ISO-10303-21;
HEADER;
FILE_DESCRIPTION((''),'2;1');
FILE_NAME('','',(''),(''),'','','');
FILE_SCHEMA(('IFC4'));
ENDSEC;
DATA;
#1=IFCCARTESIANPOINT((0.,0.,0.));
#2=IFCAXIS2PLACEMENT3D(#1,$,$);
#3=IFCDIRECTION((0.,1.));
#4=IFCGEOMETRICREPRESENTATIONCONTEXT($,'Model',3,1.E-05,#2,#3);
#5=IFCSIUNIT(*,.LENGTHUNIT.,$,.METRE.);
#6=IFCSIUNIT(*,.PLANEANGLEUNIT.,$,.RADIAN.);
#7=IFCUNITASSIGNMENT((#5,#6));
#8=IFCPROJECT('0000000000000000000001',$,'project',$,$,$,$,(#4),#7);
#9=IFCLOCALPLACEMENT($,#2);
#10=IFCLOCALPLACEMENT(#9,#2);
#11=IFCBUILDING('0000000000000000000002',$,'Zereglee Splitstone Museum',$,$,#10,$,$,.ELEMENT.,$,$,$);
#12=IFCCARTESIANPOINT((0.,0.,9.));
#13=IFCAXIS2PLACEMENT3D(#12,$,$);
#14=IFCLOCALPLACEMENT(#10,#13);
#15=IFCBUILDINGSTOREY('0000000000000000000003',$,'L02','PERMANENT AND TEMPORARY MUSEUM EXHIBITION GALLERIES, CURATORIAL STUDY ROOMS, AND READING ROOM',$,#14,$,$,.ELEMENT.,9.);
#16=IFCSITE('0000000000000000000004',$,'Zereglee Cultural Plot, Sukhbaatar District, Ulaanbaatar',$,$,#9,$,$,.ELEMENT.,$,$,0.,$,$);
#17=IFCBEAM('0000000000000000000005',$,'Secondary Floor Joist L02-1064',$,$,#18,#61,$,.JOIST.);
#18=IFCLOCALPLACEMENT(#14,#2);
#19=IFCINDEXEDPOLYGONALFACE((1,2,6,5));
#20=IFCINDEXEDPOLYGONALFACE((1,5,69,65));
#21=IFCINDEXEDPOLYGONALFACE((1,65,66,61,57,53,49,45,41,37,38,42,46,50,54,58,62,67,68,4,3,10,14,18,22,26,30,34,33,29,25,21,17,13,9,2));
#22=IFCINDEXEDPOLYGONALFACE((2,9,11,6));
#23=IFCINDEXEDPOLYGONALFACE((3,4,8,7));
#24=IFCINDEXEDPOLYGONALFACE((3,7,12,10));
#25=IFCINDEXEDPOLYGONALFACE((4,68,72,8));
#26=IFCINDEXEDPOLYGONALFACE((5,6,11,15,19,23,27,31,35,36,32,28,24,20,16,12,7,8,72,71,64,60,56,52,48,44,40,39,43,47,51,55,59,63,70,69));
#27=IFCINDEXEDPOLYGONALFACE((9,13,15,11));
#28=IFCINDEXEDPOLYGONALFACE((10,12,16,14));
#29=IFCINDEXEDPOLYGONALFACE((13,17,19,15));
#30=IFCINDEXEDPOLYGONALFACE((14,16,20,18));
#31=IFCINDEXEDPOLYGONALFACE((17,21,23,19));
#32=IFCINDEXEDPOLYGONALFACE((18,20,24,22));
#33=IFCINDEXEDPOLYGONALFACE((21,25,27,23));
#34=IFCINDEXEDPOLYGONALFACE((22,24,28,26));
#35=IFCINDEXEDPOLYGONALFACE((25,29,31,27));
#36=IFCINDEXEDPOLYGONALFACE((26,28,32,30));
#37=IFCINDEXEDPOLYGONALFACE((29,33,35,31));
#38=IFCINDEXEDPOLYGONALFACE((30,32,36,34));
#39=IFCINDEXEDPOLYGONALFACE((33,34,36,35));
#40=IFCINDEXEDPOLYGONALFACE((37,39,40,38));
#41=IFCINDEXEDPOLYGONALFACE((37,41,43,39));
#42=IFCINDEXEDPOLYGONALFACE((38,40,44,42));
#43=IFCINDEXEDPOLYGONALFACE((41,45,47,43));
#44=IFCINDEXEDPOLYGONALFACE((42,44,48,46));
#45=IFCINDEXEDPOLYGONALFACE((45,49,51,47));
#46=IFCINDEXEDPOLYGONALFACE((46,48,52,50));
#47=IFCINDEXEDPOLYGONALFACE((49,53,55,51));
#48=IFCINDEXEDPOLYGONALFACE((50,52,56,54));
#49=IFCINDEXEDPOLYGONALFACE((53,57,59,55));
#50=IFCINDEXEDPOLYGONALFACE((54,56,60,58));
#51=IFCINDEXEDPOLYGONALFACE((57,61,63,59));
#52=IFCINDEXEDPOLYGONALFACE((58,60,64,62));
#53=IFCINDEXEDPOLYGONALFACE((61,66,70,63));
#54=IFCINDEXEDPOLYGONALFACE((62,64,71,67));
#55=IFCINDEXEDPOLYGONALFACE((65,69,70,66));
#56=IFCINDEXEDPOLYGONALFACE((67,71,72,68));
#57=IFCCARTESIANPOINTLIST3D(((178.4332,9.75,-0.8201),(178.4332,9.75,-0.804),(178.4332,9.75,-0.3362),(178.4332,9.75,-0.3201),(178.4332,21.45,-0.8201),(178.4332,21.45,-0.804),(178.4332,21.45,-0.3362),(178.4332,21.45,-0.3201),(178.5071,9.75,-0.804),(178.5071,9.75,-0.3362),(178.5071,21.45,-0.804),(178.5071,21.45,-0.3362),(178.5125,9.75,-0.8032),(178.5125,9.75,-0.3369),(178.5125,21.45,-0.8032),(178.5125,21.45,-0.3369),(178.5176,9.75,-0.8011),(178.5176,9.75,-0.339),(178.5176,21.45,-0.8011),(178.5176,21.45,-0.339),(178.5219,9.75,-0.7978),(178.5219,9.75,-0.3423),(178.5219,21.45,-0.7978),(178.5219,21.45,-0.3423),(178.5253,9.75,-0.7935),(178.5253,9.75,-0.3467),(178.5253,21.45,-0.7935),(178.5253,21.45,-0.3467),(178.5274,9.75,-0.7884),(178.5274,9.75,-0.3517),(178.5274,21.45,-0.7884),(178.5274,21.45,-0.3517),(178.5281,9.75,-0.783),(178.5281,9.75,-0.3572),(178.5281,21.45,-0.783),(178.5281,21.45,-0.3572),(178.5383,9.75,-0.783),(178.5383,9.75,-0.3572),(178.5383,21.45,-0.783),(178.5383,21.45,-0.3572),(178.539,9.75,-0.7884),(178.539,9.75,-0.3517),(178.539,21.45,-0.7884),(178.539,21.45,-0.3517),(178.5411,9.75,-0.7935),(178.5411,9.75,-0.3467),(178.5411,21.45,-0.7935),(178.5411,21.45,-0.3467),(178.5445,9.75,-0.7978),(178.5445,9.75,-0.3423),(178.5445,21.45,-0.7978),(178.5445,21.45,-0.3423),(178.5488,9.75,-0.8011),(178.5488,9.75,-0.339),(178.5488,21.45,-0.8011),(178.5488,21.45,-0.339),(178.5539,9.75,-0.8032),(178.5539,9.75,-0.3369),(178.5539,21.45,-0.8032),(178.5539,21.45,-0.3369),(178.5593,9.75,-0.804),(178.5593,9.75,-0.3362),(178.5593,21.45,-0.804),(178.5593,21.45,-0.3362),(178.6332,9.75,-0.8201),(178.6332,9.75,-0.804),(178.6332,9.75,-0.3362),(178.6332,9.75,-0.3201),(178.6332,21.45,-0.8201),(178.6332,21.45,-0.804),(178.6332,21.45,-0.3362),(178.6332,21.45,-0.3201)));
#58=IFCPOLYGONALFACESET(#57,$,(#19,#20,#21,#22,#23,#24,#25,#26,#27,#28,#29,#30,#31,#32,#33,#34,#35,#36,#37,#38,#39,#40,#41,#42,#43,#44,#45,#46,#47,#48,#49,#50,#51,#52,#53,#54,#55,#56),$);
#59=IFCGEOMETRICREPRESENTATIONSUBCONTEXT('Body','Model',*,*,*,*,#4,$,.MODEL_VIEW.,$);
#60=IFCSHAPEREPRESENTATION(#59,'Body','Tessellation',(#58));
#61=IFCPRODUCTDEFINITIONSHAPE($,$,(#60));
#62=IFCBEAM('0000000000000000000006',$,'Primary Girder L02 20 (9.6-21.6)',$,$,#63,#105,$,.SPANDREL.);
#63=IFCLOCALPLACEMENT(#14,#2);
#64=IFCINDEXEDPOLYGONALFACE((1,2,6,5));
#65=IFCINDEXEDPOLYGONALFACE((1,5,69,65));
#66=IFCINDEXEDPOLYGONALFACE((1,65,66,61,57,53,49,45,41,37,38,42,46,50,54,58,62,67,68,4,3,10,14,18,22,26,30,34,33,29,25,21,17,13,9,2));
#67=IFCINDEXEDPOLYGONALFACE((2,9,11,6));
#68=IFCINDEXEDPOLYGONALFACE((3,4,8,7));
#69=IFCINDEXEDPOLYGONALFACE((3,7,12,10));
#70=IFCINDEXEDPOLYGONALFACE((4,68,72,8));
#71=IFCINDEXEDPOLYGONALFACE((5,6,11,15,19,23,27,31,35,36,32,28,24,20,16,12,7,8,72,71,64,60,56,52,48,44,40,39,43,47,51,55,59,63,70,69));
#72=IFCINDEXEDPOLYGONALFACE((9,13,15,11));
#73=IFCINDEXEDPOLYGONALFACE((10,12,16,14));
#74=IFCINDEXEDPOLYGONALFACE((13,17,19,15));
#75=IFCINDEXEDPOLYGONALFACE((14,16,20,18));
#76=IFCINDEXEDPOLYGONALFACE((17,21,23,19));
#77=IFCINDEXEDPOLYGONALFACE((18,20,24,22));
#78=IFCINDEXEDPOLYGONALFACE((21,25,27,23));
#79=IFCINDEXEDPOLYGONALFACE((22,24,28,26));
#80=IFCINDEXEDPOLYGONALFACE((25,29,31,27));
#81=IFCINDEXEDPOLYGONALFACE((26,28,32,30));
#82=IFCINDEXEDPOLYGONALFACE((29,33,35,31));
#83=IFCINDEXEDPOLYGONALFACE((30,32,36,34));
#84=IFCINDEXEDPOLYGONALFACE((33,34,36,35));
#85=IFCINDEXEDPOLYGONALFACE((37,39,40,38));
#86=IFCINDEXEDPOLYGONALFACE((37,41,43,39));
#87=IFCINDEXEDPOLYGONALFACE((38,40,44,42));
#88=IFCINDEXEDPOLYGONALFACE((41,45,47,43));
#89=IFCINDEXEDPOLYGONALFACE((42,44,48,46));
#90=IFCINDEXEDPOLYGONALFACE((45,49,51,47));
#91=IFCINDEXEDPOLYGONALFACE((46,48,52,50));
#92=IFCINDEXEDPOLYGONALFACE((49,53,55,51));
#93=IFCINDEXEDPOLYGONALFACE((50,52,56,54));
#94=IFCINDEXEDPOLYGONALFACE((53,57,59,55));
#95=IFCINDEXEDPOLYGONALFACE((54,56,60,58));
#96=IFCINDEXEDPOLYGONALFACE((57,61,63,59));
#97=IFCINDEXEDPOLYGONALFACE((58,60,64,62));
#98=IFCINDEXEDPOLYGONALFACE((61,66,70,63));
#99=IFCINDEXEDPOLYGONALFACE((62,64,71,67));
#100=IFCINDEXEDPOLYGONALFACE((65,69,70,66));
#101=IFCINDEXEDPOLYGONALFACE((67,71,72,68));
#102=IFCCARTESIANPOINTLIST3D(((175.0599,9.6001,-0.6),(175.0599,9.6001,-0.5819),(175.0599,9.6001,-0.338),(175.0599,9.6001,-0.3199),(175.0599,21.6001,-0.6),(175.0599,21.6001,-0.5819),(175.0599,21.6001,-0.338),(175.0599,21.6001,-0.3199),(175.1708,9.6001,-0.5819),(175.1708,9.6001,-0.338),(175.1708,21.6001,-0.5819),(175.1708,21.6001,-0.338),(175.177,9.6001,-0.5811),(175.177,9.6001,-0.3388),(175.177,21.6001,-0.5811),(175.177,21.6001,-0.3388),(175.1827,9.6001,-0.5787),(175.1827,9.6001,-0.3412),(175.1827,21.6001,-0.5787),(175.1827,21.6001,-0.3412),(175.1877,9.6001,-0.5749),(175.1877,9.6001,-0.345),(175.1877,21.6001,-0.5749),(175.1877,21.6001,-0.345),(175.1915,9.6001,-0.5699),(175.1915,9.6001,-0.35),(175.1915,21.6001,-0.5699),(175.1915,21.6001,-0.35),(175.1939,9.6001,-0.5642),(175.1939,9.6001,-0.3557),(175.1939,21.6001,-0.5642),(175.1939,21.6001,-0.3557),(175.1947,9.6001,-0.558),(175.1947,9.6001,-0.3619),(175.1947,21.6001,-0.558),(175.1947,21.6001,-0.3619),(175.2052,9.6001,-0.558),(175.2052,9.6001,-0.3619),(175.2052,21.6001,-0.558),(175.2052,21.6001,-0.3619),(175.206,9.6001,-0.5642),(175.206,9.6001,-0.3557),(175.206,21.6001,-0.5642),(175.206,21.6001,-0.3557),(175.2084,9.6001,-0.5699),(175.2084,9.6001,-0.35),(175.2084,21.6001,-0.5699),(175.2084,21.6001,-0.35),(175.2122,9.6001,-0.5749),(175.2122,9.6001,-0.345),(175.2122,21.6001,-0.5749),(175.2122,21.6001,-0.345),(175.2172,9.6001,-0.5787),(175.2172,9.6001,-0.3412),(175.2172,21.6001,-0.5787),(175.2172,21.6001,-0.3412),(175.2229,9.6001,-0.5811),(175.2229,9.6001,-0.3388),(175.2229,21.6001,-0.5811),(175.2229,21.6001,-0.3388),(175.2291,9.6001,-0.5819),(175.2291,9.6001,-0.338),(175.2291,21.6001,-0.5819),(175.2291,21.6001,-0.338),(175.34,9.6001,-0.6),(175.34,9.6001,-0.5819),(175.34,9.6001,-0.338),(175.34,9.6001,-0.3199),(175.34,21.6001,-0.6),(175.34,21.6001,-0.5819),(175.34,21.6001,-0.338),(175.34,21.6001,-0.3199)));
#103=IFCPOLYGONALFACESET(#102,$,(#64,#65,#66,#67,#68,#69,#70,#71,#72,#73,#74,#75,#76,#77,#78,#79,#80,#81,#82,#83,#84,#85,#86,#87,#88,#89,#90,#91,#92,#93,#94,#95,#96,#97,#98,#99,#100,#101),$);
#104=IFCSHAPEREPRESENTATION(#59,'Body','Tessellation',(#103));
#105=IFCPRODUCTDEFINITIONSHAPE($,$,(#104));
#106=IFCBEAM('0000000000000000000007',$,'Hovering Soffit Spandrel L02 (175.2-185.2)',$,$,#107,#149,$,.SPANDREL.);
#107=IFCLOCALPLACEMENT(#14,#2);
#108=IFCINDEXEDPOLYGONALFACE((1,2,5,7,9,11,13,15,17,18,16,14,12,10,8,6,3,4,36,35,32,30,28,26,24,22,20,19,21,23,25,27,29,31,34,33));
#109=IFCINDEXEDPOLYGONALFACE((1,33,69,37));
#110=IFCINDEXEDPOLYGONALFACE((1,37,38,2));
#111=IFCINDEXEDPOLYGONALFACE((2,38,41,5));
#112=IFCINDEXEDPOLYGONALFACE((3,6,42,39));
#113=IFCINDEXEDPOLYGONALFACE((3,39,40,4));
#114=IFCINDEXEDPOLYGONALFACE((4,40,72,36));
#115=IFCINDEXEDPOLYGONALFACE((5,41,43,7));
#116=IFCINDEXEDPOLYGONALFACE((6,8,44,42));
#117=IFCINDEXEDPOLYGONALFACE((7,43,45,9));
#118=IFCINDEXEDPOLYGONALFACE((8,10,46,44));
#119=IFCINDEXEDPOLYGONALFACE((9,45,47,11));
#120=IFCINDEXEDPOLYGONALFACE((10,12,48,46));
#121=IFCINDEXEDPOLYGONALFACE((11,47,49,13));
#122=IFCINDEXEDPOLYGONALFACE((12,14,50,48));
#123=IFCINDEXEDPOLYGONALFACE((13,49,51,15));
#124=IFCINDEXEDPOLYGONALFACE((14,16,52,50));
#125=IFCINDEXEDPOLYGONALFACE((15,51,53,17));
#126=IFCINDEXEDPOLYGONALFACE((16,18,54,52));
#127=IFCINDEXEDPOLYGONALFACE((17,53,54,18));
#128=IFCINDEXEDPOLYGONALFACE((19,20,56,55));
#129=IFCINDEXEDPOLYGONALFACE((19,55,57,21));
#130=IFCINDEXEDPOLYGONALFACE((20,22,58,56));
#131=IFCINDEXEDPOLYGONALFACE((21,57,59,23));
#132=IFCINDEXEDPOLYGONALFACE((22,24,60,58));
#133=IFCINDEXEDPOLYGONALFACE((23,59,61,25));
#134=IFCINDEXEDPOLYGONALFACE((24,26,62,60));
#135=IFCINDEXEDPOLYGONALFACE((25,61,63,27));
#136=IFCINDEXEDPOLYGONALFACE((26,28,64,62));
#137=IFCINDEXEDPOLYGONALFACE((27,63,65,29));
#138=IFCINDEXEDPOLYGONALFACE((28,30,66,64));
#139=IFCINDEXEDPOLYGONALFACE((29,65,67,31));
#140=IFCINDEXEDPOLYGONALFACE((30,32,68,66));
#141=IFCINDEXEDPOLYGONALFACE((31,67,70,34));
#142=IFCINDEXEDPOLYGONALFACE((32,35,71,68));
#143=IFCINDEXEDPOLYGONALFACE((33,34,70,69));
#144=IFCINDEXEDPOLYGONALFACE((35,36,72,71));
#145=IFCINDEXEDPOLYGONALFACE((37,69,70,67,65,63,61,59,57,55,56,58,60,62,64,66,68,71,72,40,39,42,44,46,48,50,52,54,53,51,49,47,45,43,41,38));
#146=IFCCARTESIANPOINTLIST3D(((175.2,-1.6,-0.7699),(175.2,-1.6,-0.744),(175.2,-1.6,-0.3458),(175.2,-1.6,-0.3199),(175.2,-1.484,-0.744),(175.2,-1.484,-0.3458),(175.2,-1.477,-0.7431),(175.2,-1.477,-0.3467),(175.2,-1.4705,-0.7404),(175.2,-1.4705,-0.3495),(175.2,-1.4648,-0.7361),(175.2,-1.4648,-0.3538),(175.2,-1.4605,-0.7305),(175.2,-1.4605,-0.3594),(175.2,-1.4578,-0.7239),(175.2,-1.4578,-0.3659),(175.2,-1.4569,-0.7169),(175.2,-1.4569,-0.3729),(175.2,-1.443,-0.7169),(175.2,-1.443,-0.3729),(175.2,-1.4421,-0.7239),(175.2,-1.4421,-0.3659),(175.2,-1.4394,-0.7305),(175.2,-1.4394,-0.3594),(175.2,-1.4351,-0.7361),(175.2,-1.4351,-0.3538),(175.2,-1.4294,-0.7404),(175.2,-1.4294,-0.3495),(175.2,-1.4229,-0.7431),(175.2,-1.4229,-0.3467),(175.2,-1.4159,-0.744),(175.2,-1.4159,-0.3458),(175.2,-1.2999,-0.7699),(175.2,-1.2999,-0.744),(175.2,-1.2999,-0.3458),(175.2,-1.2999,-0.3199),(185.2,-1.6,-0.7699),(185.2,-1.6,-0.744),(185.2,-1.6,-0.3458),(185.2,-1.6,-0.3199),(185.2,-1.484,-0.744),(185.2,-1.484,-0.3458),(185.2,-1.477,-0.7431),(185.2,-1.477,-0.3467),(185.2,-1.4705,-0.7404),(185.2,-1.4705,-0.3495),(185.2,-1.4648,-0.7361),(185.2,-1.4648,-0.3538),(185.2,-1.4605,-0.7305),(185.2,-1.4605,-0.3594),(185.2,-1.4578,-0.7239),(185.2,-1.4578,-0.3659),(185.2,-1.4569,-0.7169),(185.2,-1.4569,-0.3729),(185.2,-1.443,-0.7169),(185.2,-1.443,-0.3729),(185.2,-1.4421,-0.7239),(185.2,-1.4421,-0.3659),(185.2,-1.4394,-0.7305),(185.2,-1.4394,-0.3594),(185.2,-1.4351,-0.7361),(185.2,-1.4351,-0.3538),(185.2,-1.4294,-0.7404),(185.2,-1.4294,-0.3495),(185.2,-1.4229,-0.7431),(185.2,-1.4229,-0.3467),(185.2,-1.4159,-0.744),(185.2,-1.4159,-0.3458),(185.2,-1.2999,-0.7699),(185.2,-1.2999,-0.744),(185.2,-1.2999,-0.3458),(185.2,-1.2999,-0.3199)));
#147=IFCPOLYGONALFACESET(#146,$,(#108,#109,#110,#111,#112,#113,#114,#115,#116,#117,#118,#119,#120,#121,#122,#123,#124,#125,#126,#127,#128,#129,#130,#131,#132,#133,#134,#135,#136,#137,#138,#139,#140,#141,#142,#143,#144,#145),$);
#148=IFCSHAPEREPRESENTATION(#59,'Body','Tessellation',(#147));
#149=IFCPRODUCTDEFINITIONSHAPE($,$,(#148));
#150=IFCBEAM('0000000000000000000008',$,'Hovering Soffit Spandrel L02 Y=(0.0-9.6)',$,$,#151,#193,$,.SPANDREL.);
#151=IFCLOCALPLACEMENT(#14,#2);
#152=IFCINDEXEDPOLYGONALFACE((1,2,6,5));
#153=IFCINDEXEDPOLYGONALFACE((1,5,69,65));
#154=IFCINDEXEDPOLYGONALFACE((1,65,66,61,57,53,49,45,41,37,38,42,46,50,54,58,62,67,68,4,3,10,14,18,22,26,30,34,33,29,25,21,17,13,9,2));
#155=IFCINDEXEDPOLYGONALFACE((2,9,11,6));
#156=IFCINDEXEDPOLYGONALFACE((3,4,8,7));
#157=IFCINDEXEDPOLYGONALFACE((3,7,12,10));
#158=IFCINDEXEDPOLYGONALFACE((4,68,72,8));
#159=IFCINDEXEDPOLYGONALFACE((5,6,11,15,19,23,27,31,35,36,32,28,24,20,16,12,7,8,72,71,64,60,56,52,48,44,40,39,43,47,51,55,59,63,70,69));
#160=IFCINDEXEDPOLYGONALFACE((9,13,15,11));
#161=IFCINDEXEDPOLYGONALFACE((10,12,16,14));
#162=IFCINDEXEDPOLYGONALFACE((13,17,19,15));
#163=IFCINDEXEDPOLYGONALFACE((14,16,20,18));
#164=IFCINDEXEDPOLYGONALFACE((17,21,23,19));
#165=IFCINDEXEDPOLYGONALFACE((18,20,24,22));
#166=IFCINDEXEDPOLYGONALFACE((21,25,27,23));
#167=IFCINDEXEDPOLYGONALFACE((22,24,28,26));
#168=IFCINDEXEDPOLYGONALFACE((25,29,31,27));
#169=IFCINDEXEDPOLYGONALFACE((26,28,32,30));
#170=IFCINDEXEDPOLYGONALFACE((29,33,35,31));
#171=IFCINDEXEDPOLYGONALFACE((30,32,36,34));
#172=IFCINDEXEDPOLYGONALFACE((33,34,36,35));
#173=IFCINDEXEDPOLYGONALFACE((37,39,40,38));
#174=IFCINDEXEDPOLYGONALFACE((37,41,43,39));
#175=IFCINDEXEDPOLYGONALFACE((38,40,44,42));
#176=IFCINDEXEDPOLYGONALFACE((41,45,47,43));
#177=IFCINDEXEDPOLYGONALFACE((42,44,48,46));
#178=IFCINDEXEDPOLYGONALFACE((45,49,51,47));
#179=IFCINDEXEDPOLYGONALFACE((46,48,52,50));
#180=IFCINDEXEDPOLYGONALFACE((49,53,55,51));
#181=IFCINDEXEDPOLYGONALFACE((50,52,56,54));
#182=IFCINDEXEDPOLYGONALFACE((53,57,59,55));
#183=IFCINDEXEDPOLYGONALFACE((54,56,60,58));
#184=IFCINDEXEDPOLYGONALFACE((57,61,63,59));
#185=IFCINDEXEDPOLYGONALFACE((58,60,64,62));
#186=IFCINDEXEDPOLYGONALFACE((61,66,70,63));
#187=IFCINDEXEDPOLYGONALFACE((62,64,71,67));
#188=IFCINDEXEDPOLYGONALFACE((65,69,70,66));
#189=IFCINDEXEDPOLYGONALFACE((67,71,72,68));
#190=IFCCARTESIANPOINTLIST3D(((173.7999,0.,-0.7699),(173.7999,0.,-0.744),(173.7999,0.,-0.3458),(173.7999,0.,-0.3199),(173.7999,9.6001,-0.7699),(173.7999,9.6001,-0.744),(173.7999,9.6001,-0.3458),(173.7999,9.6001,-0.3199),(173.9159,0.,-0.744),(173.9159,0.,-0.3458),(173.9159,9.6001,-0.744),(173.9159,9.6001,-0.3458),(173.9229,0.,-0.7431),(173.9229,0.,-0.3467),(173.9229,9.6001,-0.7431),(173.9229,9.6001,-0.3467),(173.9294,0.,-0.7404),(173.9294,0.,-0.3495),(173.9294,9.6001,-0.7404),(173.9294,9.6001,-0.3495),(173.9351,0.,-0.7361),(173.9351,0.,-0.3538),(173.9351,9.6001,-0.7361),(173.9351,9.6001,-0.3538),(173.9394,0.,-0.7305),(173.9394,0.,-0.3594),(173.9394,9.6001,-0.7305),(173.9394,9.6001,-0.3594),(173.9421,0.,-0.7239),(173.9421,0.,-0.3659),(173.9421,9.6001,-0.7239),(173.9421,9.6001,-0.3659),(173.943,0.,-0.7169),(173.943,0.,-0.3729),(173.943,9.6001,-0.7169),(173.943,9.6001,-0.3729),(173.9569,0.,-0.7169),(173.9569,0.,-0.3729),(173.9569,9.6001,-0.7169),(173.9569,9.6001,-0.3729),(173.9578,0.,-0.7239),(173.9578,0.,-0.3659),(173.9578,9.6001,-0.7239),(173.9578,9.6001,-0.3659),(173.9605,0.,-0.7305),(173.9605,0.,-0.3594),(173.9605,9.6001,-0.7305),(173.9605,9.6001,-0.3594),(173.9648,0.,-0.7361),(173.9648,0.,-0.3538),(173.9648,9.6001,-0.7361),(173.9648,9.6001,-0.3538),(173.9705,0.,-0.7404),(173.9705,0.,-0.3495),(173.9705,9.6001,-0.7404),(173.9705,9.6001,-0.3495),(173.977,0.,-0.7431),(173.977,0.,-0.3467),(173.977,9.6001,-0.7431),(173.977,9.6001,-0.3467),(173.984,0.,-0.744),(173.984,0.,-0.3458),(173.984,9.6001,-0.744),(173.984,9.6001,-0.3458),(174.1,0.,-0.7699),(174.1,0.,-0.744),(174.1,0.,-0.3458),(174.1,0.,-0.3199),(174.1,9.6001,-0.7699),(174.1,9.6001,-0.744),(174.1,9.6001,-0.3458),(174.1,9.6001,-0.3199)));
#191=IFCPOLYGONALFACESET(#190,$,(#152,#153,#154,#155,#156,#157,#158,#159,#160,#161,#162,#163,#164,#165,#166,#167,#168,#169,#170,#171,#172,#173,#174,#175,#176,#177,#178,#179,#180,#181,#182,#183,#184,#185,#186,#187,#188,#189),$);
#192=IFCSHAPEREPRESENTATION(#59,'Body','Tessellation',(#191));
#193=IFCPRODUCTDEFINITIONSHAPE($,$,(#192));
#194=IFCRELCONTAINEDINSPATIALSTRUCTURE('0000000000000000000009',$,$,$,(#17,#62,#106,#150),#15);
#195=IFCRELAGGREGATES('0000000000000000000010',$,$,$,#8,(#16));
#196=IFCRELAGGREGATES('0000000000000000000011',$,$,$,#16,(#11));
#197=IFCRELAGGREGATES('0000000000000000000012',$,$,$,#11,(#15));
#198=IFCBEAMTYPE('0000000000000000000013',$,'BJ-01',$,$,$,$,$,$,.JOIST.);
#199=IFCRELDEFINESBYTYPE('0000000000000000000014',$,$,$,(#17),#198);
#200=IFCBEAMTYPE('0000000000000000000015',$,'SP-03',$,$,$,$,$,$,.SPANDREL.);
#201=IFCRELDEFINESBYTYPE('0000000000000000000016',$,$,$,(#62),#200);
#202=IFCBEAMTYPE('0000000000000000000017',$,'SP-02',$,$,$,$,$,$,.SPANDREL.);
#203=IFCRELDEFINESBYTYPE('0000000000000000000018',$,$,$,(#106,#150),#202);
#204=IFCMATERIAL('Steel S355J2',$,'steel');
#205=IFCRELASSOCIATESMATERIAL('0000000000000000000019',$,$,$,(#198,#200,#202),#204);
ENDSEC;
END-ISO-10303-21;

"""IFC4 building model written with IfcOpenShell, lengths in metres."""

from ifc_helpers import new_model, si_unit, direction, frame, origin, origin_2d, place, context, subcontext, project, spatial, i_section, extrude, material, material_profile, profile_set, type_object, element, save


model = new_model("IFC4")

# Units and contexts
model_context = context("Model", 3, precision=1e-05, world=origin(), true_north=direction((0.0, 1.0)))
body_context = subcontext(model_context, "Body", "Model", "MODEL_VIEW")
ifc_project = project(units=[si_unit("LENGTHUNIT", "METRE"), si_unit("PLANEANGLEUNIT", "RADIAN")], contexts=[model_context])

# Site, building, storey
site_placement = place(None, origin())
site = spatial("IfcSite", under=ifc_project, at=site_placement, Name="Zereglee Cultural Plot, Sukhbaatar District, Ulaanbaatar", CompositionType="ELEMENT", RefElevation=0.0)
building_placement = place(site_placement, origin())
building = spatial("IfcBuilding", under=site, at=building_placement, Name="Zereglee Splitstone Museum", CompositionType="ELEMENT")
storey_placement = place(building_placement, frame((0.0, 0.0, 9.0)))
storey = spatial("IfcBuildingStorey", under=building, at=storey_placement, Name="L02", Description="PERMANENT AND TEMPORARY MUSEUM EXHIBITION GALLERIES, CURATORIAL STUDY ROOMS, AND READING ROOM", CompositionType="ELEMENT", Elevation=9.0)

# Shared definitions
ifc_material_1 = material(Name="Steel S355J2", Category="steel")

# Beams
ifc_material_profile_1 = material_profile(ifc_material_1, i_section(OverallWidth=0.2, OverallDepth=0.5, WebThickness=0.0103, FlangeThickness=0.0161, FilletRadius=0.021, at=origin_2d()), Name="IPE 500")
ifc_profile_set_1 = profile_set([ifc_material_profile_1], Name="Steel S355J2")
beam_type_1 = type_object("IfcBeamType", Name="BJ-01", PredefinedType="JOIST", material=ifc_profile_set_1)
beam_1_placement = place(storey_placement, frame((178.5332, 9.75, -0.5701), z_axis=(0.0, 1.0, 0.0), x_axis=(-1.0, 0.0, 0.0)))
element("IfcBeam", 1, at=beam_1_placement, inside=storey, type_object=beam_type_1, Name="Secondary Floor Joist L02-1064", PredefinedType="JOIST", context=body_context, shape_type="SweptSolid", body=[
    extrude(i_section(OverallWidth=0.2, OverallDepth=0.5, WebThickness=0.0103, FlangeThickness=0.0161, FilletRadius=0.021, at=origin_2d()), origin(), (0.0, 0.0, 1.0), 11.7),
])
ifc_material_profile_2 = material_profile(ifc_material_1, i_section(OverallWidth=0.28, OverallDepth=0.28, WebThickness=0.0105, FlangeThickness=0.0181, FilletRadius=0.0239, at=origin_2d()), Name="HE 280 B")
ifc_profile_set_2 = profile_set([ifc_material_profile_2], Name="Steel S355J2")
beam_type_2 = type_object("IfcBeamType", Name="SP-03", PredefinedType="SPANDREL", material=ifc_profile_set_2)
beam_2_placement = place(storey_placement, frame((175.2, 9.6001, -0.46), z_axis=(0.0, 1.0, 0.0), x_axis=(-1.0, 0.0, 0.0)))
element("IfcBeam", 2, at=beam_2_placement, inside=storey, type_object=beam_type_2, Name="Primary Girder L02 20 (9.6-21.6)", PredefinedType="SPANDREL", context=body_context, shape_type="SweptSolid", body=[
    extrude(i_section(OverallWidth=0.28, OverallDepth=0.28, WebThickness=0.0105, FlangeThickness=0.0181, FilletRadius=0.0239, at=origin_2d()), origin(), (0.0, 0.0, 1.0), 12.0),
])
ifc_material_profile_3 = material_profile(ifc_material_1, i_section(OverallWidth=0.3, OverallDepth=0.45, WebThickness=0.0139, FlangeThickness=0.0259, FilletRadius=0.0271, at=origin_2d()), Name="HE 450 B")
ifc_profile_set_3 = profile_set([ifc_material_profile_3], Name="Steel S355J2")
beam_type_3 = type_object("IfcBeamType", Name="SP-02", PredefinedType="SPANDREL", material=ifc_profile_set_3)
beam_3_placement = place(storey_placement, frame((175.2, -1.45, -0.5449), z_axis=(1.0, 0.0, 0.0), x_axis=(0.0, 1.0, 0.0)))
element("IfcBeam", 3, at=beam_3_placement, inside=storey, type_object=beam_type_3, Name="Hovering Soffit Spandrel L02 (175.2-185.2)", PredefinedType="SPANDREL", context=body_context, shape_type="SweptSolid", body=[
    extrude(i_section(OverallWidth=0.3, OverallDepth=0.45, WebThickness=0.0139, FlangeThickness=0.0259, FilletRadius=0.0271, at=origin_2d()), origin(), (0.0, 0.0, 1.0), 10.0),
])
beam_4_placement = place(storey_placement, frame((173.95, 0.0, -0.5449), z_axis=(0.0, 1.0, 0.0), x_axis=(-1.0, 0.0, 0.0)))
element("IfcBeam", 4, at=beam_4_placement, inside=storey, type_object=beam_type_3, Name="Hovering Soffit Spandrel L02 Y=(0.0-9.6)", PredefinedType="SPANDREL", context=body_context, shape_type="SweptSolid", body=[
    extrude(i_section(OverallWidth=0.3, OverallDepth=0.45, WebThickness=0.0139, FlangeThickness=0.0259, FilletRadius=0.0271, at=origin_2d()), origin(), (0.0, 0.0, 1.0), 9.6001),
])

save(model, "model.ifc")
